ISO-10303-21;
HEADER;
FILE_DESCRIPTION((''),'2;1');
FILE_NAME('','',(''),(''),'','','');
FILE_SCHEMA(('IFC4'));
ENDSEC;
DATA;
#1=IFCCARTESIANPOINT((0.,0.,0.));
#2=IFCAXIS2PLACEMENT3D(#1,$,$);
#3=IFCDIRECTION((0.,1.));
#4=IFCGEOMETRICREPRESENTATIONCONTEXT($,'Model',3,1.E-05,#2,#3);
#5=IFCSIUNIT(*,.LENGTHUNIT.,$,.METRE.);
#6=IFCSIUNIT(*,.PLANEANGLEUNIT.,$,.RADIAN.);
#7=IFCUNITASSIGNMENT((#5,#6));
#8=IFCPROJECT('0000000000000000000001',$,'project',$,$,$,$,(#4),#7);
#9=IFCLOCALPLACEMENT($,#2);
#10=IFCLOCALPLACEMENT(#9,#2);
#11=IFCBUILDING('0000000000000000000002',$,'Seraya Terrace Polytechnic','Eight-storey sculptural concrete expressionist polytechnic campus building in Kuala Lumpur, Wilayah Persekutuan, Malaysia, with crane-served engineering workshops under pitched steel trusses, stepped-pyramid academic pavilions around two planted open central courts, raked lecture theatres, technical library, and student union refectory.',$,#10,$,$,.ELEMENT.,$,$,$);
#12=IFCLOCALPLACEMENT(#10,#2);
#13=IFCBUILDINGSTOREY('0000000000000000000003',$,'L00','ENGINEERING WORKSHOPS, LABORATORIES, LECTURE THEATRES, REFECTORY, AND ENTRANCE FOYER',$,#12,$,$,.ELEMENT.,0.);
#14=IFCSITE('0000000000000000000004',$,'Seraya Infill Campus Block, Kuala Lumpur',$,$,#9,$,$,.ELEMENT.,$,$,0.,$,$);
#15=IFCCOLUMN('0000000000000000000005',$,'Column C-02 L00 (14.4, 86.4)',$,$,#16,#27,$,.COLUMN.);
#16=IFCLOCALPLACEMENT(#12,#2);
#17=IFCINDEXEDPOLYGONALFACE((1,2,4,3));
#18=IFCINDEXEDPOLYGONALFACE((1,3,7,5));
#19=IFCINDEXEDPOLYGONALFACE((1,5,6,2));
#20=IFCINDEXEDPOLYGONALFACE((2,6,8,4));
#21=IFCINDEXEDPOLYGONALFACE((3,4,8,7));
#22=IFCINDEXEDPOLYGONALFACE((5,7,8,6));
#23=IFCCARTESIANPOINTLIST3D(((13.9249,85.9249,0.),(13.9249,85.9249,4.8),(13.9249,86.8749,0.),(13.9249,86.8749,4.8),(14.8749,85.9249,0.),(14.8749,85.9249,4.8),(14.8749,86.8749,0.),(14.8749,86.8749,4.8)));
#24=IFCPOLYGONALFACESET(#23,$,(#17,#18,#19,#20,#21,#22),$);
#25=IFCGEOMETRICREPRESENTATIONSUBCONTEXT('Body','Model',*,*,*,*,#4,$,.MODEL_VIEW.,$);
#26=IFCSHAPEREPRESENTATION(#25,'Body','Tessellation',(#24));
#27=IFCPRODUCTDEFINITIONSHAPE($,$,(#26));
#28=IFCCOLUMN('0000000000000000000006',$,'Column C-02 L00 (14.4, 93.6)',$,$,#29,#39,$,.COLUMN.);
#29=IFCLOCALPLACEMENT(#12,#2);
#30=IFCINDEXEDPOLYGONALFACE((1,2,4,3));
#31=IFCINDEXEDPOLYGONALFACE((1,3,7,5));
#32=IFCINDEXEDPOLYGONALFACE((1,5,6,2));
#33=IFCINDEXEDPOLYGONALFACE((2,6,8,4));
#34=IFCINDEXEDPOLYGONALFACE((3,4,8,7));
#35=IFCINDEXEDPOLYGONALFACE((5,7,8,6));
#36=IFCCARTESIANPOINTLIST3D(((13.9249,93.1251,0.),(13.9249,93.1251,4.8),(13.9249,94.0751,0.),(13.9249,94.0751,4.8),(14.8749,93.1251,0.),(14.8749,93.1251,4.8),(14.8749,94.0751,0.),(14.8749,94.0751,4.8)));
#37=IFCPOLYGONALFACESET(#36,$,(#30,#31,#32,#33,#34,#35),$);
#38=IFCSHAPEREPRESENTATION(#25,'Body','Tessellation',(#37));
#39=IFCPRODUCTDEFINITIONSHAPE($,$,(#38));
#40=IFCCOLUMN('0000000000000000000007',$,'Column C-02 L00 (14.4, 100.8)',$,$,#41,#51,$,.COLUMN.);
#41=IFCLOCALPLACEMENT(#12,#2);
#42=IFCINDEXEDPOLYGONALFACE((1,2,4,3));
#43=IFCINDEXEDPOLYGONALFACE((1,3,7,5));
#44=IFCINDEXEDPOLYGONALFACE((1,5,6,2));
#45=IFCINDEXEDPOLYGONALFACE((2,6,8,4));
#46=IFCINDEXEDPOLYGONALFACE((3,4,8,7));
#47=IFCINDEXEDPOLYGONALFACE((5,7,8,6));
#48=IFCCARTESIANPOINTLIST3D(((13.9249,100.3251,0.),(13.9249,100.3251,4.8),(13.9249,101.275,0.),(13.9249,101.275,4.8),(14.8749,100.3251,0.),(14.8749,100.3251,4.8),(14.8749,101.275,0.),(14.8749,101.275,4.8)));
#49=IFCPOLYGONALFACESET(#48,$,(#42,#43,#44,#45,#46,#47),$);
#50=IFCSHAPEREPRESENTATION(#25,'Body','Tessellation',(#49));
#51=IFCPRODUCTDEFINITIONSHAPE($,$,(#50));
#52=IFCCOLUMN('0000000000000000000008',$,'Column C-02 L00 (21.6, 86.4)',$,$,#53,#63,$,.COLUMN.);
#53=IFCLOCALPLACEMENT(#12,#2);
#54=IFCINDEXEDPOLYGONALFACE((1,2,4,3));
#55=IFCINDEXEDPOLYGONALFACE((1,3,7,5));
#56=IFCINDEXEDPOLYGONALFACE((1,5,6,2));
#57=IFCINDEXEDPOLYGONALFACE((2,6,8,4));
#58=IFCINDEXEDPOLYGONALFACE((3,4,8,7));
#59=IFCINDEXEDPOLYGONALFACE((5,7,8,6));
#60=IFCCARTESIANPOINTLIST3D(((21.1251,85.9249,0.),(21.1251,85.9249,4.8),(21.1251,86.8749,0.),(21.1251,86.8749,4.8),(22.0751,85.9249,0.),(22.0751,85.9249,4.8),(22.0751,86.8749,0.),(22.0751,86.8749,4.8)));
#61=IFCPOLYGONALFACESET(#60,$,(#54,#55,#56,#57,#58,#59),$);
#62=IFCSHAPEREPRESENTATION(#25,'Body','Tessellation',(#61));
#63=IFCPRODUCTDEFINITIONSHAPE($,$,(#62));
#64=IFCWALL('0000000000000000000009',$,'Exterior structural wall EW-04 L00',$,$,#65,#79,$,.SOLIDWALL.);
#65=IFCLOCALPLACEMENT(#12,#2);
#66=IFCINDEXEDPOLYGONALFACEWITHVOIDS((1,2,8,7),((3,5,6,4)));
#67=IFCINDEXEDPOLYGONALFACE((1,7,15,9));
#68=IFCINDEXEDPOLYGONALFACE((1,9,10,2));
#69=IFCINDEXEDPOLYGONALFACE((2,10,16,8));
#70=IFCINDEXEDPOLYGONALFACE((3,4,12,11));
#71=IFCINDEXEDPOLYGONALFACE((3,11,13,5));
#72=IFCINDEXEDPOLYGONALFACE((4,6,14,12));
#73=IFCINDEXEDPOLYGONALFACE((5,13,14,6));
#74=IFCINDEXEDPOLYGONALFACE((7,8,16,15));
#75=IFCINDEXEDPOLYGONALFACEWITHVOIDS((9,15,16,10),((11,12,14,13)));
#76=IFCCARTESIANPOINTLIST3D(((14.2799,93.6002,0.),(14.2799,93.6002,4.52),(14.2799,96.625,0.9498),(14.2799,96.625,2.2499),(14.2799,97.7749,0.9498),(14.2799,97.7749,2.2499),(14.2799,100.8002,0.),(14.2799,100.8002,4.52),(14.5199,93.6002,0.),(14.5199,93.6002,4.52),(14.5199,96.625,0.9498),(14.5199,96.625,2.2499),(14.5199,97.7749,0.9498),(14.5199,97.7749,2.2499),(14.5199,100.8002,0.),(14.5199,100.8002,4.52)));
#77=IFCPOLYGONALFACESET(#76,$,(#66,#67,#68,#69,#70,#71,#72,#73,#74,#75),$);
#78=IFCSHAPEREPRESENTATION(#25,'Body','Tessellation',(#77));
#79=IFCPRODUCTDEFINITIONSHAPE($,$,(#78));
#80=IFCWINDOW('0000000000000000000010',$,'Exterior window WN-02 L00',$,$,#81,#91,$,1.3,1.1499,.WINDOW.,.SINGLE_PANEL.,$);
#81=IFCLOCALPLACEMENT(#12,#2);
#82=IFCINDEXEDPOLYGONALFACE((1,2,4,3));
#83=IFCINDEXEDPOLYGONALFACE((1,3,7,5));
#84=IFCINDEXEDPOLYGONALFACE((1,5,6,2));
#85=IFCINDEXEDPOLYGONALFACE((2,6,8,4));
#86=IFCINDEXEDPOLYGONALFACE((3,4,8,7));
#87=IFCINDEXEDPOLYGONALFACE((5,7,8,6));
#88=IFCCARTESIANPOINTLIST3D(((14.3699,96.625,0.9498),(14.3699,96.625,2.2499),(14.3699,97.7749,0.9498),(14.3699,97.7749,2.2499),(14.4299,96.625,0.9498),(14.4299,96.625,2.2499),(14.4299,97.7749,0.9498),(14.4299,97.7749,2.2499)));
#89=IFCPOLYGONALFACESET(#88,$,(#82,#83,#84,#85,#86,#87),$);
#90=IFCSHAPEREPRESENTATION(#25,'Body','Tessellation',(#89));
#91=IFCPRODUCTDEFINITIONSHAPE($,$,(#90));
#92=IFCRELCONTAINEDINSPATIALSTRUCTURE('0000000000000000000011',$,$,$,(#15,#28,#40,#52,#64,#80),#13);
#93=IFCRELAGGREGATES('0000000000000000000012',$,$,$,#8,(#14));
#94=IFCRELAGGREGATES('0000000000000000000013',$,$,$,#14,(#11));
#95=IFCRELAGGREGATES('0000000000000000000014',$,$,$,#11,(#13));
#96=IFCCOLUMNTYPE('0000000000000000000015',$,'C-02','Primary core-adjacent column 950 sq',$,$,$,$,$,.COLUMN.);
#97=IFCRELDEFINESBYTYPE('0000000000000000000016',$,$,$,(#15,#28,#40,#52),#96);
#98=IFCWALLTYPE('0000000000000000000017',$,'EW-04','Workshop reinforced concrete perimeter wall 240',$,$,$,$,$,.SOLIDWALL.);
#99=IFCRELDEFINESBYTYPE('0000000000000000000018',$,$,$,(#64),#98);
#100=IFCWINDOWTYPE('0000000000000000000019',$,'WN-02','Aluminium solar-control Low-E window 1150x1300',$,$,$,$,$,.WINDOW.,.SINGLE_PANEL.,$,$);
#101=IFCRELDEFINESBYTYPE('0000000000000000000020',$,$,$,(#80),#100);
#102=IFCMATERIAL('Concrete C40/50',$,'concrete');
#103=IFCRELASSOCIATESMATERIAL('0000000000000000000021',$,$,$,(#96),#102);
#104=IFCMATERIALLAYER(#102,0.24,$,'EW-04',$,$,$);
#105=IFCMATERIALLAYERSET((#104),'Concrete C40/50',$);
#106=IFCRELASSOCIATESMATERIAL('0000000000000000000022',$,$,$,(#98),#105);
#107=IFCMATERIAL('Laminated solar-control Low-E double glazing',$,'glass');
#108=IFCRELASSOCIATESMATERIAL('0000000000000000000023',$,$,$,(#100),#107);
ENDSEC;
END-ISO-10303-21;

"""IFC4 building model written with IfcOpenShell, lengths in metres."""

from ifc_helpers import new_model, si_unit, direction, frame, frame_2d, origin, origin_2d, place, context, subcontext, project, spatial, rectangle, extrude, material, layer, layer_set, material_profile, profile_set, type_object, element, fill, save


model = new_model("IFC4")

# Units and contexts
model_context = context("Model", 3, precision=1e-05, world=origin(), true_north=direction((0.0, 1.0)))
body_context = subcontext(model_context, "Body", "Model", "MODEL_VIEW")
ifc_project = project(units=[si_unit("LENGTHUNIT", "METRE"), si_unit("PLANEANGLEUNIT", "RADIAN")], contexts=[model_context])

# Site, building, storey
site_placement = place(None, origin())
site = spatial("IfcSite", under=ifc_project, at=site_placement, Name="Seraya Infill Campus Block, Kuala Lumpur", CompositionType="ELEMENT", RefElevation=0.0)
building_placement = place(site_placement, origin())
building = spatial("IfcBuilding", under=site, at=building_placement, Name="Seraya Terrace Polytechnic", Description="Eight-storey sculptural concrete expressionist polytechnic campus building in Kuala Lumpur, Wilayah Persekutuan, Malaysia, with crane-served engineering workshops under pitched steel trusses, stepped-pyramid academic pavilions around two planted open central courts, raked lecture theatres, technical library, and student union refectory.", CompositionType="ELEMENT")
storey_placement = place(building_placement, origin())
storey = spatial("IfcBuildingStorey", under=building, at=storey_placement, Name="L00", Description="ENGINEERING WORKSHOPS, LABORATORIES, LECTURE THEATRES, REFECTORY, AND ENTRANCE FOYER", CompositionType="ELEMENT", Elevation=0.0)

# Shared definitions
ifc_material_1 = material(Name="Concrete C40/50", Category="concrete")

# Columns
ifc_material_profile_1 = material_profile(ifc_material_1, rectangle(XDim=0.95, YDim=0.95, at=origin_2d()), Name="RC 950x950")
ifc_profile_set_1 = profile_set([ifc_material_profile_1], Name="Concrete C40/50")
column_type = type_object("IfcColumnType", Name="C-02", Description="Primary core-adjacent column 950 sq", PredefinedType="COLUMN", material=ifc_profile_set_1)
for number, where, z_axis, x_axis, name in (
    (1, (14.3999, 86.3999, 0.0), (0.0, 0.0, 1.0), (1.0, 0.0, 0.0), "Column C-02 L00 (14.4, 86.4)"),
    (2, (14.3999, 93.6001, 0.0), (0.0, 0.0, 1.0), (1.0, 0.0, 0.0), "Column C-02 L00 (14.4, 93.6)"),
    (3, (14.3999, 100.8, 0.0), (0.0, 0.0, 1.0), (1.0, 0.0, 0.0), "Column C-02 L00 (14.4, 100.8)"),
    (4, (21.6001, 86.3999, 0.0), (0.0, 0.0, 1.0), (1.0, 0.0, 0.0), "Column C-02 L00 (21.6, 86.4)"),
):
    element("IfcColumn", number, at=place(storey_placement, frame(where, z_axis=z_axis, x_axis=x_axis)), inside=storey, type_object=column_type, Name=name, PredefinedType="COLUMN", context=body_context, shape_type="SweptSolid", body=[
        extrude(rectangle(XDim=0.95, YDim=0.95, at=origin_2d()), origin(), (0.0, 0.0, 1.0), 4.8),
    ])

# Shared definitions
ifc_layer = layer(ifc_material_1, 0.24, Name="EW-04")
ifc_layer_set = layer_set([ifc_layer], Name="Concrete C40/50")
wall_type = type_object("IfcWallType", Name="EW-04", Description="Workshop reinforced concrete perimeter wall 240", PredefinedType="SOLIDWALL", material=ifc_layer_set)

# Wall, opening, window
wall_1_placement = place(storey_placement, frame((14.3999, 93.6001, 0.0), z_axis=(0.0, 0.0, 1.0), x_axis=(0.0, 1.0, 0.0)))
wall_1 = element("IfcWall", 5, at=wall_1_placement, inside=storey, type_object=wall_type, Name="Exterior structural wall EW-04 L00", PredefinedType="SOLIDWALL", context=body_context, shape_type="SweptSolid", body=[
    extrude(rectangle(XDim=7.2, YDim=0.24, at=frame_2d((3.6001, 0.0))), origin(), (0.0, 0.0, 1.0), 4.52),
])
opening_1_placement = place(wall_1_placement, frame((3.0249, 0.0, 0.95)))
opening_1 = element("IfcOpeningElement", 6, at=opening_1_placement, cuts=wall_1, PredefinedType="OPENING", context=body_context, shape_type="SweptSolid", body=[
    extrude(rectangle(XDim=1.1499, YDim=1.3, at=frame_2d((0.575, 0.6499))), frame((0.0, 0.1318, 0.0), z_axis=(0.0, -1.0, 0.0), x_axis=(1.0, 0.0, 0.0)), (0.0, 0.0, 1.0), 0.2639),
])
ifc_material_2 = material(Name="Laminated solar-control Low-E double glazing", Category="glass")
window_type = type_object("IfcWindowType", Name="WN-02", Description="Aluminium solar-control Low-E window 1150x1300", PartitioningType="SINGLE_PANEL", PredefinedType="WINDOW", material=ifc_material_2)
window_placement = place(opening_1_placement, origin())
window = element("IfcWindow", 7, at=window_placement, inside=storey, type_object=window_type, Name="Exterior window WN-02 L00", OverallHeight=1.3, OverallWidth=1.1499, PartitioningType="SINGLE_PANEL", PredefinedType="WINDOW", context=body_context, shape_type="SweptSolid", body=[
    extrude(rectangle(XDim=1.1499, YDim=1.3, at=frame_2d((0.575, 0.6499))), frame((0.0, 0.03, 0.0), z_axis=(0.0, -1.0, 0.0), x_axis=(1.0, 0.0, 0.0)), (0.0, 0.0, 1.0), 0.0601),
])
fill(opening_1, window)

save(model, "model.ifc")
